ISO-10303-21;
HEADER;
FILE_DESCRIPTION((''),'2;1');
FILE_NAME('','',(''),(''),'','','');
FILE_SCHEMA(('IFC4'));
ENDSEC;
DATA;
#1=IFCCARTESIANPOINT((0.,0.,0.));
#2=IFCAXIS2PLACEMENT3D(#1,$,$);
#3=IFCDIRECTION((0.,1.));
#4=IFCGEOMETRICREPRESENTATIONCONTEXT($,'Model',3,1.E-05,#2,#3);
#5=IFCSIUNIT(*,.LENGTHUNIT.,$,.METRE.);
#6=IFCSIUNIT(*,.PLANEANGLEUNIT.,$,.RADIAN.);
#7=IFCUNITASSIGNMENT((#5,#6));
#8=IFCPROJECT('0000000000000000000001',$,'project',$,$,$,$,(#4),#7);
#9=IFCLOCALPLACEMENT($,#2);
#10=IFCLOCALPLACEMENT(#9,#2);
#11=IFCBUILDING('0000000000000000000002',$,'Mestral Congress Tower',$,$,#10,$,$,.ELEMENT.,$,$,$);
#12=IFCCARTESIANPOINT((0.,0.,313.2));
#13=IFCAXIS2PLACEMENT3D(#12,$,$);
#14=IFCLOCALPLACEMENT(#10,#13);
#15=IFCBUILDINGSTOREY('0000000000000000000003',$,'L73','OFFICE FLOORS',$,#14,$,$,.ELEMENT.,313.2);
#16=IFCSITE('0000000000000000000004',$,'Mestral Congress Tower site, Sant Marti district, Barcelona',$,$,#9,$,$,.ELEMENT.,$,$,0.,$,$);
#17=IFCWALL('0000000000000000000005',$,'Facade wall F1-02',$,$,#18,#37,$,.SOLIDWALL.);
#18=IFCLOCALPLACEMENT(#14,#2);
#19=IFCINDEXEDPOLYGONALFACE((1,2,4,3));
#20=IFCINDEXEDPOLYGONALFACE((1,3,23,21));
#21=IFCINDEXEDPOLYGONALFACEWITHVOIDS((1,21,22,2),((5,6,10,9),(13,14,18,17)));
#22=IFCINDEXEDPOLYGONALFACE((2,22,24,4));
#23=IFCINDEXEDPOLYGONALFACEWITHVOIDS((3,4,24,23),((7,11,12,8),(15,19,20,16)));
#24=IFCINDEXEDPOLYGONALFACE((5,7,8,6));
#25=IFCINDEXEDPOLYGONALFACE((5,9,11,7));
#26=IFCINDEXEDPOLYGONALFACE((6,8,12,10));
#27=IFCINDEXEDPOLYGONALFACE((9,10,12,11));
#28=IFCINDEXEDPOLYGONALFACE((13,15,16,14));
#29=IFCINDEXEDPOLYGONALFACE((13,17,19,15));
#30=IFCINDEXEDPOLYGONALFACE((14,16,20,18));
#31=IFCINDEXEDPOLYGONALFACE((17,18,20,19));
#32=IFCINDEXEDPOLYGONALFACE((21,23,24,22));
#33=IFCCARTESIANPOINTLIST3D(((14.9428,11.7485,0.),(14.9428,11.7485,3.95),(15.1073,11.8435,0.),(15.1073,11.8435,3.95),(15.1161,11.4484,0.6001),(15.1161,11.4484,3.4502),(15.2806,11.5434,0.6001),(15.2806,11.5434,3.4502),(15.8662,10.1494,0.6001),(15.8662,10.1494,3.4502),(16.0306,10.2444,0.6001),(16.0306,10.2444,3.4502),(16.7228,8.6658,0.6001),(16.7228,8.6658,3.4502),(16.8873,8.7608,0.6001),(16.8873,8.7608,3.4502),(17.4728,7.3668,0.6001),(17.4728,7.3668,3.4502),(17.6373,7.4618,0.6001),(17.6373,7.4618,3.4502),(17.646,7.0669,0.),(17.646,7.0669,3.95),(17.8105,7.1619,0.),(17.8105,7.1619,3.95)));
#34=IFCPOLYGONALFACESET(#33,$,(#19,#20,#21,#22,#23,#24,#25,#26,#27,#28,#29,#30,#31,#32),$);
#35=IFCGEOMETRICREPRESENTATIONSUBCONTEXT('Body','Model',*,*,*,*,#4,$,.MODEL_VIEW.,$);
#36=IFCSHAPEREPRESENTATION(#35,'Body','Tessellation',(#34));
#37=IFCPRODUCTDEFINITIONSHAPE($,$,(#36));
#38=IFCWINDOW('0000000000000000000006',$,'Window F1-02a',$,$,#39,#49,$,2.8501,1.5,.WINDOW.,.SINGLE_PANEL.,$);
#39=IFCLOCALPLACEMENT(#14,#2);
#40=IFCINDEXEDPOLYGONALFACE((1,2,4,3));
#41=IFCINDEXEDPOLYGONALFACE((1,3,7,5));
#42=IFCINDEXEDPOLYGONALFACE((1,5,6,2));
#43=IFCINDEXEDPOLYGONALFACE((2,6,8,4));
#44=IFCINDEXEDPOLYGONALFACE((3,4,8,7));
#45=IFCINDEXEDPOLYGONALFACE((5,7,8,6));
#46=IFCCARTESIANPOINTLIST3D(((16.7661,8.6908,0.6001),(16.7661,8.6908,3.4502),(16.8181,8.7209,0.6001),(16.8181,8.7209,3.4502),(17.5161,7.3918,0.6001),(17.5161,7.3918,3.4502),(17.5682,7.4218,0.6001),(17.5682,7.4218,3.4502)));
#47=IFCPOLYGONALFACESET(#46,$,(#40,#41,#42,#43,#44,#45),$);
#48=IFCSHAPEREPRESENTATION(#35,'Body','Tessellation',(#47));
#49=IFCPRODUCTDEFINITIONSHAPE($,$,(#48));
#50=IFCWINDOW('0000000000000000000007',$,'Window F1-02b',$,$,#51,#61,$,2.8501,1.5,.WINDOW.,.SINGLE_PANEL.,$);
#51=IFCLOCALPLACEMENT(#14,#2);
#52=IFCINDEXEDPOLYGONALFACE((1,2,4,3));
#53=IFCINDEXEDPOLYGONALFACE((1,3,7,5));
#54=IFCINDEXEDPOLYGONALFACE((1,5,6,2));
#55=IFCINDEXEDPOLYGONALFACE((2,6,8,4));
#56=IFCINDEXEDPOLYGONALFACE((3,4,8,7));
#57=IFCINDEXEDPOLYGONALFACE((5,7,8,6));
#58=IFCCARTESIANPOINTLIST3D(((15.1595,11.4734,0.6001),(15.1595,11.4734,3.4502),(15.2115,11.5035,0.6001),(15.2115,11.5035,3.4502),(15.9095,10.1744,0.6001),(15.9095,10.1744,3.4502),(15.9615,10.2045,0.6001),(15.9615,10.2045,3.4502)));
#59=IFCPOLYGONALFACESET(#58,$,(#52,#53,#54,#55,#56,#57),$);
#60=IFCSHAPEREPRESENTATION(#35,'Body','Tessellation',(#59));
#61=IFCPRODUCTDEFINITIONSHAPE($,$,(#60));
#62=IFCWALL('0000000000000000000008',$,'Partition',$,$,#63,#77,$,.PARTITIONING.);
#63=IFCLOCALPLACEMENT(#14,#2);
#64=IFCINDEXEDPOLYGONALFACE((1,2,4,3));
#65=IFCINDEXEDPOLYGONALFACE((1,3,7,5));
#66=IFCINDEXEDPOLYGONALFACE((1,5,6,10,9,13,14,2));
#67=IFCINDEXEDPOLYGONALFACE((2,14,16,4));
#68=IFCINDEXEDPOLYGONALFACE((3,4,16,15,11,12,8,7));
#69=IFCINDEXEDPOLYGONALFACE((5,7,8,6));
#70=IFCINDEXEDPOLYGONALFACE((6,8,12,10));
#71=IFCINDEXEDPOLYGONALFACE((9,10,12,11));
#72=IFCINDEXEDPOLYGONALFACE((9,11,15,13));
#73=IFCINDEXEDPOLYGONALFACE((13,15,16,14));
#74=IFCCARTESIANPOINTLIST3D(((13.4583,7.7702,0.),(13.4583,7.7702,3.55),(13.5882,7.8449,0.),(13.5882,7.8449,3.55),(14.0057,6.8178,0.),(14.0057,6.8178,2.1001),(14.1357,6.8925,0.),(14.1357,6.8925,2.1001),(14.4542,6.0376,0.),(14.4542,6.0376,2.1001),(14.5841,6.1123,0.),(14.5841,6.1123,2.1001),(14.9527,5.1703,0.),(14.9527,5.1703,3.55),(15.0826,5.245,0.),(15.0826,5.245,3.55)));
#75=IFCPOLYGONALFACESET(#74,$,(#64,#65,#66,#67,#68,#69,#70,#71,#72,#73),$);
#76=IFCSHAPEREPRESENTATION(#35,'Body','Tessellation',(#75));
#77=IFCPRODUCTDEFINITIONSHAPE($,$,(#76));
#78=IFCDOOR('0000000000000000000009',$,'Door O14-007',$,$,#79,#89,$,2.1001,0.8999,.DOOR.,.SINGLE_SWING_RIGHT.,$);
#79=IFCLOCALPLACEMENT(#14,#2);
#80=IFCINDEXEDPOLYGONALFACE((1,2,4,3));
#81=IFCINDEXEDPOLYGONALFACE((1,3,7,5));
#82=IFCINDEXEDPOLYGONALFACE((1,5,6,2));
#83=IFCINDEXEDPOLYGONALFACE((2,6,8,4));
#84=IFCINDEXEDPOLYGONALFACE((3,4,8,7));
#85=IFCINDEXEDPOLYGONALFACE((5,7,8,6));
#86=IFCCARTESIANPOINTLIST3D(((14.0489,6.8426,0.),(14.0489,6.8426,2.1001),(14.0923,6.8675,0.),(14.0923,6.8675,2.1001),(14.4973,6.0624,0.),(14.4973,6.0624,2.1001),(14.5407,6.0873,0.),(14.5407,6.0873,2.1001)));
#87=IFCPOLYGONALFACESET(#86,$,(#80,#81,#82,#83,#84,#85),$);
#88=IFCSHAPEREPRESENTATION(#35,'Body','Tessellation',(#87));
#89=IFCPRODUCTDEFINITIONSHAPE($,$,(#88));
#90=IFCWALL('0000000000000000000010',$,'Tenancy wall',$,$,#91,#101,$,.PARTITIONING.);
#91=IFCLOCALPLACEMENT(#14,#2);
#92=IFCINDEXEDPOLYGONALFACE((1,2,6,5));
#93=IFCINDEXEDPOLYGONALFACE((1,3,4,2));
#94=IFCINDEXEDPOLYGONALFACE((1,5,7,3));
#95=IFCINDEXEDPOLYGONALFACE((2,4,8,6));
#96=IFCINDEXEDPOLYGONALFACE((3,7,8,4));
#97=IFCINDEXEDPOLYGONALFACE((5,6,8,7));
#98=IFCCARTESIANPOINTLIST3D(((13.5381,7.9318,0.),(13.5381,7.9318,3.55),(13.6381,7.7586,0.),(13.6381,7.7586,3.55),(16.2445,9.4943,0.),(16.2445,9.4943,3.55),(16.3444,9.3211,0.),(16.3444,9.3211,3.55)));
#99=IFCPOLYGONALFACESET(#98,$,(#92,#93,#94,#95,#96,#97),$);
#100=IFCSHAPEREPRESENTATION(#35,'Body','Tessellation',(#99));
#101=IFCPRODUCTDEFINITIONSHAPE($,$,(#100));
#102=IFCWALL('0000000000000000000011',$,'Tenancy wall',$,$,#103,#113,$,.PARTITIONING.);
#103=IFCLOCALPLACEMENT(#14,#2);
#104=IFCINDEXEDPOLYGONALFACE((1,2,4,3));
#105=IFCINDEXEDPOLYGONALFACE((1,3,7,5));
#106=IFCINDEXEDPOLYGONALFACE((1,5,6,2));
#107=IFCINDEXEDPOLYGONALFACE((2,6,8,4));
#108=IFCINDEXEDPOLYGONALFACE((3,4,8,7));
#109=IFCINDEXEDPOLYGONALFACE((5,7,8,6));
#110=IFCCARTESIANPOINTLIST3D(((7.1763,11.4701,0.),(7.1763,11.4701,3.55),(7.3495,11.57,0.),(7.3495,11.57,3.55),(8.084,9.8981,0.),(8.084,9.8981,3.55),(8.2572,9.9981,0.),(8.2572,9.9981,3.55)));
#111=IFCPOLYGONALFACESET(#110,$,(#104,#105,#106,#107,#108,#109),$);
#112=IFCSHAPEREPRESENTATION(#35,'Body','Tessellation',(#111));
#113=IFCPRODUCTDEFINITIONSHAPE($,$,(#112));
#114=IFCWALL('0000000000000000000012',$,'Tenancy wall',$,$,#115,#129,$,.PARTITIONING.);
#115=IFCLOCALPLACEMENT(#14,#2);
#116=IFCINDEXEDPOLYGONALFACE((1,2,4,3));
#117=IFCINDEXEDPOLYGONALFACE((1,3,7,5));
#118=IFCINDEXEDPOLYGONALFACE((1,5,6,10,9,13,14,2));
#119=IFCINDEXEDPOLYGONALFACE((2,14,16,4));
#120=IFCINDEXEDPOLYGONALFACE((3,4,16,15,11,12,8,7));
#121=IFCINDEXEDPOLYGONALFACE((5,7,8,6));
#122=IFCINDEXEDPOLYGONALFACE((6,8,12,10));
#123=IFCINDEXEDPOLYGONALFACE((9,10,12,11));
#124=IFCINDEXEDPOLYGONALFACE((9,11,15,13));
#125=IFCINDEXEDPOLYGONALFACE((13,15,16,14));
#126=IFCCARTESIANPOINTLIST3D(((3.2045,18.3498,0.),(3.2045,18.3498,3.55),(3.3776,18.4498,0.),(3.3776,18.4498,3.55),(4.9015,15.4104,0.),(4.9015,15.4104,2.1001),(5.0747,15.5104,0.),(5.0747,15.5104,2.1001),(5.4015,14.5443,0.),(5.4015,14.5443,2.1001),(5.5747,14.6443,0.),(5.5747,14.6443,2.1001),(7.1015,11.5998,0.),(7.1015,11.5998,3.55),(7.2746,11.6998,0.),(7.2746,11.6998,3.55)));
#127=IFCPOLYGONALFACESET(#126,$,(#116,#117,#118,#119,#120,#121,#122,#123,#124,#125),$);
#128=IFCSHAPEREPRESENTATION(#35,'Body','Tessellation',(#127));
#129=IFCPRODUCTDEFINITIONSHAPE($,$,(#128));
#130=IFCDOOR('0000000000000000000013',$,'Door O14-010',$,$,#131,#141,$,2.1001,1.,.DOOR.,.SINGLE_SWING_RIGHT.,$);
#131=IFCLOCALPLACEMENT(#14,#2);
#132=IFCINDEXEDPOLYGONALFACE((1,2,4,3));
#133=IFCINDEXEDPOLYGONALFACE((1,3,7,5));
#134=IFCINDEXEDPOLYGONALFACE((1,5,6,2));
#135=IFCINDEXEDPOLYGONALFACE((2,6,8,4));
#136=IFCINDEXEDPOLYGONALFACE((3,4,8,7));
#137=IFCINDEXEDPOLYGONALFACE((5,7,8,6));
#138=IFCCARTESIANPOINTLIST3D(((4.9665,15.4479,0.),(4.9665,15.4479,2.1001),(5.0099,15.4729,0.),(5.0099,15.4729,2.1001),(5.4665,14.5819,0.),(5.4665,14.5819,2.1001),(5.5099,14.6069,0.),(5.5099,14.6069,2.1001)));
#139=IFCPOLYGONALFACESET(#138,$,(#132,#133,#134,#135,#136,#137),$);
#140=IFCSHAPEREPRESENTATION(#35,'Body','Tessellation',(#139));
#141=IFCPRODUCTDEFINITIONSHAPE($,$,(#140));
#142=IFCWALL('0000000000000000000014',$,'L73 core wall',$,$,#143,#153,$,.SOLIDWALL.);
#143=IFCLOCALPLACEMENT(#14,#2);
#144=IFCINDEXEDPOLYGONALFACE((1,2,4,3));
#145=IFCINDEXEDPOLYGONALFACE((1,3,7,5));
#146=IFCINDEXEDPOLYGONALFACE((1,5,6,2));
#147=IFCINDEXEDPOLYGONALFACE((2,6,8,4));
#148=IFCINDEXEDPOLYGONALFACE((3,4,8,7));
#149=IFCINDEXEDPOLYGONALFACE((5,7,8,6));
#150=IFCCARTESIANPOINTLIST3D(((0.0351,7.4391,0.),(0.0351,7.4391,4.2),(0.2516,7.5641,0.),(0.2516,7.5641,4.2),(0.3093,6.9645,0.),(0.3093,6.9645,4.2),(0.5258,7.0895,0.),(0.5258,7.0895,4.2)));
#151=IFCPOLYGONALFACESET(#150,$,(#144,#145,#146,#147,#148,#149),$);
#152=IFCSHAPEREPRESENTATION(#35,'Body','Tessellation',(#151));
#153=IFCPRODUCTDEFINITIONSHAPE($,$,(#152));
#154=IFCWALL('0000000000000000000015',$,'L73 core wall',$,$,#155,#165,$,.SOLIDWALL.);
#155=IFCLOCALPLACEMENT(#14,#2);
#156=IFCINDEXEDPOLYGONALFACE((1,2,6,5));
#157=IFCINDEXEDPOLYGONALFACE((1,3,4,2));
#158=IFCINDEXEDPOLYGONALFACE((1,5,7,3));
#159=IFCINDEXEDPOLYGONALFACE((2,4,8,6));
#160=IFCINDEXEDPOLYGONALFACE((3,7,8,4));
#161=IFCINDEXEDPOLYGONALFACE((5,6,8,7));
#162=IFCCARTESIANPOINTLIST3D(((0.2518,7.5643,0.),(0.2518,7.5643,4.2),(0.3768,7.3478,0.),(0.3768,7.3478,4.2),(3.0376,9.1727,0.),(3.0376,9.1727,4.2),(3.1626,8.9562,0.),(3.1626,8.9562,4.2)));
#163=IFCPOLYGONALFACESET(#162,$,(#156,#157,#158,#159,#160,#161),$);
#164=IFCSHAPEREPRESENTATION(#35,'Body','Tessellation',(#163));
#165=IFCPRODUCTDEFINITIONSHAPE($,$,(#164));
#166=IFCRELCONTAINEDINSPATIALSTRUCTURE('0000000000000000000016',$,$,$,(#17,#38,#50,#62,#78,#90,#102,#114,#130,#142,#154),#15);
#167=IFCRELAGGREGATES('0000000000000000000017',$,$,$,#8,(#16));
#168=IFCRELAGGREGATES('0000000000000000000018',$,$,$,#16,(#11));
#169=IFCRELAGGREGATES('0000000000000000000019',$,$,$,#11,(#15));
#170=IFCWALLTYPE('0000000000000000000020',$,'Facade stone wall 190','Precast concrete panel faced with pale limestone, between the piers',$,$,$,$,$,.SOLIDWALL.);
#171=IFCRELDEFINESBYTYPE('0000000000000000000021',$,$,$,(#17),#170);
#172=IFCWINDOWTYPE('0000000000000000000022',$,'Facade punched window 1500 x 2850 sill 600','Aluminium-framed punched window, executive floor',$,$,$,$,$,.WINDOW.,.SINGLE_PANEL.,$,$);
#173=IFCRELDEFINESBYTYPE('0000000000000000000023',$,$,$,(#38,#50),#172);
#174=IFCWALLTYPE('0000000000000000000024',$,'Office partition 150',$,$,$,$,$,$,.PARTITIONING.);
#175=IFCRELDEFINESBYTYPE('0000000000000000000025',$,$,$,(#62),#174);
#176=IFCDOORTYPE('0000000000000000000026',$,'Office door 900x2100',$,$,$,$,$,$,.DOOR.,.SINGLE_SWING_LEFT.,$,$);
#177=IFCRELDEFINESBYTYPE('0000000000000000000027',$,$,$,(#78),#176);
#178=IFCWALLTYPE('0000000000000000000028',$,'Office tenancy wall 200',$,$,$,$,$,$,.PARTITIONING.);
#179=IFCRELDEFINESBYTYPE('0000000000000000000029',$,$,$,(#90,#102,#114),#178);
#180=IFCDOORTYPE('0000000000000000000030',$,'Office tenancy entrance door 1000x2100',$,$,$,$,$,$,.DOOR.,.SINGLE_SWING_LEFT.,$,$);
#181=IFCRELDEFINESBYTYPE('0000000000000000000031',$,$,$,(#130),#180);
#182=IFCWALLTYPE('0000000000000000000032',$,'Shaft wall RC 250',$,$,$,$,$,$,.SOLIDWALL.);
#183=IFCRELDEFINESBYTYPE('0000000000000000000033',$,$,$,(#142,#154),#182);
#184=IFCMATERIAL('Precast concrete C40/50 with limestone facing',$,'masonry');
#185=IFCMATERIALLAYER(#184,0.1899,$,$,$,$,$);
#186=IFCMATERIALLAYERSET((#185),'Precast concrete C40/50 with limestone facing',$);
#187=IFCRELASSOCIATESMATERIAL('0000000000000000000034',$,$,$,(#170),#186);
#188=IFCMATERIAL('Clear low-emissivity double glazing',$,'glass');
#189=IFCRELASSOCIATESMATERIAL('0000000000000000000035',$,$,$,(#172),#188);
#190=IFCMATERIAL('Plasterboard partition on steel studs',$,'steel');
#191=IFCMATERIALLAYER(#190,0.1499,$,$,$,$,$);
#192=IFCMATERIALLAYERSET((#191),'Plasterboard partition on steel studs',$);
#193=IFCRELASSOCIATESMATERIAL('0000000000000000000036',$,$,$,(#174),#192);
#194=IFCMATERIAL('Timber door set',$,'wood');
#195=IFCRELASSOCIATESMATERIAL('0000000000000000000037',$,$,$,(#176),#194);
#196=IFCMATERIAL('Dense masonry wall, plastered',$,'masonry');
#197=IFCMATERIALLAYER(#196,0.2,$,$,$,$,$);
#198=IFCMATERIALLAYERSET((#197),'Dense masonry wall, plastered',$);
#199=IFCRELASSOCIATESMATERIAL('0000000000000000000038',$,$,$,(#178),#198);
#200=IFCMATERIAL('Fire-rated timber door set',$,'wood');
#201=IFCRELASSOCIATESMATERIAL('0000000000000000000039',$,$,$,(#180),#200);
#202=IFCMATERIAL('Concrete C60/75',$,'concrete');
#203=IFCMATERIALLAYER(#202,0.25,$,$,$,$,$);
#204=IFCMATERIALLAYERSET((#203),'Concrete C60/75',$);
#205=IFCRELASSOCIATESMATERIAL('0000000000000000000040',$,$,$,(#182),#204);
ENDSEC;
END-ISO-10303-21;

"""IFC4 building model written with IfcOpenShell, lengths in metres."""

from ifc_helpers import new_model, si_unit, direction, frame, frame_2d, origin, place, context, subcontext, project, spatial, rectangle, extrude, material, layer, layer_set, type_object, element, fill, save


model = new_model("IFC4")

# Units and contexts
model_context = context("Model", 3, precision=1e-05, world=origin(), true_north=direction((0.0, 1.0)))
body_context = subcontext(model_context, "Body", "Model", "MODEL_VIEW")
ifc_project = project(units=[si_unit("LENGTHUNIT", "METRE"), si_unit("PLANEANGLEUNIT", "RADIAN")], contexts=[model_context])

# Site, building, storey
site_placement = place(None, origin())
site = spatial("IfcSite", under=ifc_project, at=site_placement, Name="Mestral Congress Tower site, Sant Marti district, Barcelona", CompositionType="ELEMENT", RefElevation=0.0)
building_placement = place(site_placement, origin())
building = spatial("IfcBuilding", under=site, at=building_placement, Name="Mestral Congress Tower", CompositionType="ELEMENT")
storey_placement = place(building_placement, frame((0.0, 0.0, 313.2)))
storey = spatial("IfcBuildingStorey", under=building, at=storey_placement, Name="L73", Description="OFFICE FLOORS", CompositionType="ELEMENT", Elevation=313.2)

# Wall, openings, windows
ifc_material_1 = material(Name="Precast concrete C40/50 with limestone facing", Category="masonry")
ifc_layer_1 = layer(ifc_material_1, 0.1899)
ifc_layer_set_1 = layer_set([ifc_layer_1], Name="Precast concrete C40/50 with limestone facing")
wall_type_1 = type_object("IfcWallType", Name="Facade stone wall 190", Description="Precast concrete panel faced with pale limestone, between the piers", PredefinedType="SOLIDWALL", material=ifc_layer_set_1)
wall_1_placement = place(storey_placement, frame((17.7283, 7.1143, 0.0), z_axis=(0.0, 0.0, 1.0), x_axis=(-0.500025, 0.866011, 0.0)))
wall_1 = element("IfcWall", 1, at=wall_1_placement, inside=storey, type_object=wall_type_1, Name="Facade wall F1-02", PredefinedType="SOLIDWALL", context=body_context, shape_type="SweptSolid", body=[
    extrude(rectangle(XDim=5.406, YDim=0.1899, at=frame_2d((2.7031, 0.0))), origin(), (0.0, 0.0, 1.0), 3.95),
])
opening_1_placement = place(wall_1_placement, frame((0.3464, 0.0, 0.6001)))
opening_1 = element("IfcOpeningElement", 2, at=opening_1_placement, cuts=wall_1, PredefinedType="OPENING", context=body_context, shape_type="SweptSolid", body=[
    extrude(rectangle(XDim=1.5, YDim=2.8501, at=frame_2d((0.75, 1.425))), frame((0.0, 0.105, 0.0), z_axis=(0.0, -1.0, 0.0), x_axis=(1.0, 0.0, 0.0)), (0.0, 0.0, 1.0), 0.21),
])
opening_2_placement = place(wall_1_placement, frame((3.5596, 0.0, 0.6001)))
opening_2 = element("IfcOpeningElement", 3, at=opening_2_placement, cuts=wall_1, PredefinedType="OPENING", context=body_context, shape_type="SweptSolid", body=[
    extrude(rectangle(XDim=1.5, YDim=2.8501, at=frame_2d((0.75, 1.425))), frame((0.0, 0.105, 0.0), z_axis=(0.0, -1.0, 0.0), x_axis=(1.0, 0.0, 0.0)), (0.0, 0.0, 1.0), 0.21),
])
ifc_material_2 = material(Name="Clear low-emissivity double glazing", Category="glass")
window_type = type_object("IfcWindowType", Name="Facade punched window 1500 x 2850 sill 600", Description="Aluminium-framed punched window, executive floor", PartitioningType="SINGLE_PANEL", PredefinedType="WINDOW", material=ifc_material_2)
window_1_placement = place(opening_1_placement, origin())
window_1 = element("IfcWindow", 4, at=window_1_placement, inside=storey, type_object=window_type, Name="Window F1-02a", OverallHeight=2.8501, OverallWidth=1.5, PartitioningType="SINGLE_PANEL", PredefinedType="WINDOW", context=body_context, shape_type="SweptSolid", body=[
    extrude(rectangle(XDim=1.5, YDim=2.8501, at=frame_2d((0.75, 1.425))), frame((0.0, 0.0449, 0.0), z_axis=(0.0, -1.0, 0.0), x_axis=(1.0, 0.0, 0.0)), (0.0, 0.0, 1.0), 0.0601),
])
fill(opening_1, window_1)
window_2_placement = place(opening_2_placement, origin())
window_2 = element("IfcWindow", 5, at=window_2_placement, inside=storey, type_object=window_type, Name="Window F1-02b", OverallHeight=2.8501, OverallWidth=1.5, PartitioningType="SINGLE_PANEL", PredefinedType="WINDOW", context=body_context, shape_type="SweptSolid", body=[
    extrude(rectangle(XDim=1.5, YDim=2.8501, at=frame_2d((0.75, 1.425))), frame((0.0, 0.0449, 0.0), z_axis=(0.0, -1.0, 0.0), x_axis=(1.0, 0.0, 0.0)), (0.0, 0.0, 1.0), 0.0601),
])
fill(opening_2, window_2)

# Wall, opening, door
ifc_material_3 = material(Name="Plasterboard partition on steel studs", Category="steel")
ifc_layer_2 = layer(ifc_material_3, 0.1499)
ifc_layer_set_2 = layer_set([ifc_layer_2], Name="Plasterboard partition on steel studs")
wall_type_2 = type_object("IfcWallType", Name="Office partition 150", PredefinedType="PARTITIONING", material=ifc_layer_set_2)
wall_2_placement = place(storey_placement, frame((13.5232, 7.8076, 0.0), z_axis=(0.0, 0.0, 1.0), x_axis=(0.498338, -0.866983, 0.0)))
wall_2 = element("IfcWall", 6, at=wall_2_placement, inside=storey, type_object=wall_type_2, Name="Partition", PredefinedType="PARTITIONING", context=body_context, shape_type="SweptSolid", body=[
    extrude(rectangle(XDim=2.9988, YDim=0.1499, at=frame_2d((1.4995, 0.0))), origin(), (0.0, 0.0, 1.0), 3.55),
])
opening_3_placement = place(wall_2_placement, frame((1.0986, 0.0, 0.0)))
opening_3 = element("IfcOpeningElement", 7, at=opening_3_placement, cuts=wall_2, PredefinedType="OPENING", context=body_context, shape_type="SweptSolid", body=[
    extrude(rectangle(XDim=0.8999, YDim=2.1001, at=frame_2d((0.45, 1.05))), frame((0.0, 0.085, 0.0), z_axis=(0.0, -1.0, 0.0), x_axis=(1.0, 0.0, 0.0)), (0.0, 0.0, 1.0), 0.1699),
])
ifc_material_4 = material(Name="Timber door set", Category="wood")
door_type_1 = type_object("IfcDoorType", Name="Office door 900x2100", OperationType="SINGLE_SWING_LEFT", PredefinedType="DOOR", material=ifc_material_4)
door_1_placement = place(opening_3_placement, origin())
door_1 = element("IfcDoor", 8, at=door_1_placement, inside=storey, type_object=door_type_1, Name="Door O14-007", OperationType="SINGLE_SWING_RIGHT", OverallHeight=2.1001, OverallWidth=0.8999, PredefinedType="DOOR", context=body_context, shape_type="SweptSolid", body=[
    extrude(rectangle(XDim=0.8999, YDim=2.1001, at=frame_2d((0.45, 1.05))), frame((0.0, 0.0249, 0.0), z_axis=(0.0, -1.0, 0.0), x_axis=(1.0, 0.0, 0.0)), (0.0, 0.0, 1.0), 0.05),
])
fill(opening_3, door_1)

# Walls
ifc_material_5 = material(Name="Dense masonry wall, plastered", Category="masonry")
ifc_layer_3 = layer(ifc_material_5, 0.2)
ifc_layer_set_3 = layer_set([ifc_layer_3], Name="Dense masonry wall, plastered")
wall_type_3 = type_object("IfcWallType", Name="Office tenancy wall 200", PredefinedType="PARTITIONING", material=ifc_layer_set_3)
wall_3_placement = place(storey_placement, frame((13.5881, 7.8452, 0.0), z_axis=(0.0, 0.0, 1.0), x_axis=(0.866023, 0.500004, 0.0)))
element("IfcWall", 9, at=wall_3_placement, inside=storey, type_object=wall_type_3, Name="Tenancy wall", PredefinedType="PARTITIONING", context=body_context, shape_type="SweptSolid", body=[
    extrude(rectangle(XDim=3.125, YDim=0.2, at=frame_2d((1.5625, 0.0))), origin(), (0.0, 0.0, 1.0), 3.55),
])
wall_4_placement = place(storey_placement, frame((8.1707, 9.948, 0.0), z_axis=(0.0, 0.0, 1.0), x_axis=(-0.500045, 0.866, 0.0)))
element("IfcWall", 10, at=wall_4_placement, inside=storey, type_object=wall_type_3, Name="Tenancy wall", PredefinedType="PARTITIONING", context=body_context, shape_type="SweptSolid", body=[
    extrude(rectangle(XDim=1.8152, YDim=0.2, at=frame_2d((0.9077, 0.0))), origin(), (0.0, 0.0, 1.0), 3.55),
])

# Wall, opening, door
wall_5_placement = place(storey_placement, frame((7.188, 11.6499, 0.0), z_axis=(0.0, 0.0, 1.0), x_axis=(-0.499986, 0.866033, 0.0)))
wall_5 = element("IfcWall", 11, at=wall_5_placement, inside=storey, type_object=wall_type_3, Name="Tenancy wall", PredefinedType="PARTITIONING", context=body_context, shape_type="SweptSolid", body=[
    extrude(rectangle(XDim=7.7942, YDim=0.2, at=frame_2d((3.897, 0.0))), origin(), (0.0, 0.0, 1.0), 3.55),
])
opening_4_placement = place(wall_5_placement, frame((3.3999, 0.0, 0.0)))
opening_4 = element("IfcOpeningElement", 12, at=opening_4_placement, cuts=wall_5, PredefinedType="OPENING", context=body_context, shape_type="SweptSolid", body=[
    extrude(rectangle(XDim=1.0, YDim=2.1001, at=frame_2d((0.5, 1.05))), frame((0.0, 0.1099, 0.0), z_axis=(0.0, -1.0, 0.0), x_axis=(1.0, 0.0, 0.0)), (0.0, 0.0, 1.0), 0.22),
])
ifc_material_6 = material(Name="Fire-rated timber door set", Category="wood")
door_type_2 = type_object("IfcDoorType", Name="Office tenancy entrance door 1000x2100", OperationType="SINGLE_SWING_LEFT", PredefinedType="DOOR", material=ifc_material_6)
door_2_placement = place(opening_4_placement, origin())
door_2 = element("IfcDoor", 13, at=door_2_placement, inside=storey, type_object=door_type_2, Name="Door O14-010", OperationType="SINGLE_SWING_RIGHT", OverallHeight=2.1001, OverallWidth=1.0, PredefinedType="DOOR", context=body_context, shape_type="SweptSolid", body=[
    extrude(rectangle(XDim=1.0, YDim=2.1001, at=frame_2d((0.5, 1.05))), frame((0.0, 0.0249, 0.0), z_axis=(0.0, -1.0, 0.0), x_axis=(1.0, 0.0, 0.0)), (0.0, 0.0, 1.0), 0.05),
])
fill(opening_4, door_2)

# Walls
ifc_material_7 = material(Name="Concrete C60/75", Category="concrete")
ifc_layer_4 = layer(ifc_material_7, 0.25)
ifc_layer_set_4 = layer_set([ifc_layer_4], Name="Concrete C60/75")
wall_type_4 = type_object("IfcWallType", Name="Shaft wall RC 250", PredefinedType="SOLIDWALL", material=ifc_layer_set_4)
wall_6_placement = place(storey_placement, frame((0.4175, 7.0271, 0.0), z_axis=(0.0, 0.0, 1.0), x_axis=(-0.500211, 0.865904, 0.0)))
element("IfcWall", 14, at=wall_6_placement, inside=storey, type_object=wall_type_4, Name="L73 core wall", PredefinedType="SOLIDWALL", context=body_context, shape_type="SweptSolid", body=[
    extrude(rectangle(XDim=0.5481, YDim=0.25, at=frame_2d((0.2739, 0.0))), origin(), (0.0, 0.0, 1.0), 4.2),
])
wall_7_placement = place(storey_placement, frame((3.1001, 9.0645, 0.0), z_axis=(0.0, 0.0, 1.0), x_axis=(-0.86603, -0.499992, 0.0)))
element("IfcWall", 15, at=wall_7_placement, inside=storey, type_object=wall_type_4, Name="L73 core wall", PredefinedType="SOLIDWALL", context=body_context, shape_type="SweptSolid", body=[
    extrude(rectangle(XDim=3.2168, YDim=0.25, at=frame_2d((1.6084, 0.0))), origin(), (0.0, 0.0, 1.0), 4.2),
])

save(model, "model.ifc")
